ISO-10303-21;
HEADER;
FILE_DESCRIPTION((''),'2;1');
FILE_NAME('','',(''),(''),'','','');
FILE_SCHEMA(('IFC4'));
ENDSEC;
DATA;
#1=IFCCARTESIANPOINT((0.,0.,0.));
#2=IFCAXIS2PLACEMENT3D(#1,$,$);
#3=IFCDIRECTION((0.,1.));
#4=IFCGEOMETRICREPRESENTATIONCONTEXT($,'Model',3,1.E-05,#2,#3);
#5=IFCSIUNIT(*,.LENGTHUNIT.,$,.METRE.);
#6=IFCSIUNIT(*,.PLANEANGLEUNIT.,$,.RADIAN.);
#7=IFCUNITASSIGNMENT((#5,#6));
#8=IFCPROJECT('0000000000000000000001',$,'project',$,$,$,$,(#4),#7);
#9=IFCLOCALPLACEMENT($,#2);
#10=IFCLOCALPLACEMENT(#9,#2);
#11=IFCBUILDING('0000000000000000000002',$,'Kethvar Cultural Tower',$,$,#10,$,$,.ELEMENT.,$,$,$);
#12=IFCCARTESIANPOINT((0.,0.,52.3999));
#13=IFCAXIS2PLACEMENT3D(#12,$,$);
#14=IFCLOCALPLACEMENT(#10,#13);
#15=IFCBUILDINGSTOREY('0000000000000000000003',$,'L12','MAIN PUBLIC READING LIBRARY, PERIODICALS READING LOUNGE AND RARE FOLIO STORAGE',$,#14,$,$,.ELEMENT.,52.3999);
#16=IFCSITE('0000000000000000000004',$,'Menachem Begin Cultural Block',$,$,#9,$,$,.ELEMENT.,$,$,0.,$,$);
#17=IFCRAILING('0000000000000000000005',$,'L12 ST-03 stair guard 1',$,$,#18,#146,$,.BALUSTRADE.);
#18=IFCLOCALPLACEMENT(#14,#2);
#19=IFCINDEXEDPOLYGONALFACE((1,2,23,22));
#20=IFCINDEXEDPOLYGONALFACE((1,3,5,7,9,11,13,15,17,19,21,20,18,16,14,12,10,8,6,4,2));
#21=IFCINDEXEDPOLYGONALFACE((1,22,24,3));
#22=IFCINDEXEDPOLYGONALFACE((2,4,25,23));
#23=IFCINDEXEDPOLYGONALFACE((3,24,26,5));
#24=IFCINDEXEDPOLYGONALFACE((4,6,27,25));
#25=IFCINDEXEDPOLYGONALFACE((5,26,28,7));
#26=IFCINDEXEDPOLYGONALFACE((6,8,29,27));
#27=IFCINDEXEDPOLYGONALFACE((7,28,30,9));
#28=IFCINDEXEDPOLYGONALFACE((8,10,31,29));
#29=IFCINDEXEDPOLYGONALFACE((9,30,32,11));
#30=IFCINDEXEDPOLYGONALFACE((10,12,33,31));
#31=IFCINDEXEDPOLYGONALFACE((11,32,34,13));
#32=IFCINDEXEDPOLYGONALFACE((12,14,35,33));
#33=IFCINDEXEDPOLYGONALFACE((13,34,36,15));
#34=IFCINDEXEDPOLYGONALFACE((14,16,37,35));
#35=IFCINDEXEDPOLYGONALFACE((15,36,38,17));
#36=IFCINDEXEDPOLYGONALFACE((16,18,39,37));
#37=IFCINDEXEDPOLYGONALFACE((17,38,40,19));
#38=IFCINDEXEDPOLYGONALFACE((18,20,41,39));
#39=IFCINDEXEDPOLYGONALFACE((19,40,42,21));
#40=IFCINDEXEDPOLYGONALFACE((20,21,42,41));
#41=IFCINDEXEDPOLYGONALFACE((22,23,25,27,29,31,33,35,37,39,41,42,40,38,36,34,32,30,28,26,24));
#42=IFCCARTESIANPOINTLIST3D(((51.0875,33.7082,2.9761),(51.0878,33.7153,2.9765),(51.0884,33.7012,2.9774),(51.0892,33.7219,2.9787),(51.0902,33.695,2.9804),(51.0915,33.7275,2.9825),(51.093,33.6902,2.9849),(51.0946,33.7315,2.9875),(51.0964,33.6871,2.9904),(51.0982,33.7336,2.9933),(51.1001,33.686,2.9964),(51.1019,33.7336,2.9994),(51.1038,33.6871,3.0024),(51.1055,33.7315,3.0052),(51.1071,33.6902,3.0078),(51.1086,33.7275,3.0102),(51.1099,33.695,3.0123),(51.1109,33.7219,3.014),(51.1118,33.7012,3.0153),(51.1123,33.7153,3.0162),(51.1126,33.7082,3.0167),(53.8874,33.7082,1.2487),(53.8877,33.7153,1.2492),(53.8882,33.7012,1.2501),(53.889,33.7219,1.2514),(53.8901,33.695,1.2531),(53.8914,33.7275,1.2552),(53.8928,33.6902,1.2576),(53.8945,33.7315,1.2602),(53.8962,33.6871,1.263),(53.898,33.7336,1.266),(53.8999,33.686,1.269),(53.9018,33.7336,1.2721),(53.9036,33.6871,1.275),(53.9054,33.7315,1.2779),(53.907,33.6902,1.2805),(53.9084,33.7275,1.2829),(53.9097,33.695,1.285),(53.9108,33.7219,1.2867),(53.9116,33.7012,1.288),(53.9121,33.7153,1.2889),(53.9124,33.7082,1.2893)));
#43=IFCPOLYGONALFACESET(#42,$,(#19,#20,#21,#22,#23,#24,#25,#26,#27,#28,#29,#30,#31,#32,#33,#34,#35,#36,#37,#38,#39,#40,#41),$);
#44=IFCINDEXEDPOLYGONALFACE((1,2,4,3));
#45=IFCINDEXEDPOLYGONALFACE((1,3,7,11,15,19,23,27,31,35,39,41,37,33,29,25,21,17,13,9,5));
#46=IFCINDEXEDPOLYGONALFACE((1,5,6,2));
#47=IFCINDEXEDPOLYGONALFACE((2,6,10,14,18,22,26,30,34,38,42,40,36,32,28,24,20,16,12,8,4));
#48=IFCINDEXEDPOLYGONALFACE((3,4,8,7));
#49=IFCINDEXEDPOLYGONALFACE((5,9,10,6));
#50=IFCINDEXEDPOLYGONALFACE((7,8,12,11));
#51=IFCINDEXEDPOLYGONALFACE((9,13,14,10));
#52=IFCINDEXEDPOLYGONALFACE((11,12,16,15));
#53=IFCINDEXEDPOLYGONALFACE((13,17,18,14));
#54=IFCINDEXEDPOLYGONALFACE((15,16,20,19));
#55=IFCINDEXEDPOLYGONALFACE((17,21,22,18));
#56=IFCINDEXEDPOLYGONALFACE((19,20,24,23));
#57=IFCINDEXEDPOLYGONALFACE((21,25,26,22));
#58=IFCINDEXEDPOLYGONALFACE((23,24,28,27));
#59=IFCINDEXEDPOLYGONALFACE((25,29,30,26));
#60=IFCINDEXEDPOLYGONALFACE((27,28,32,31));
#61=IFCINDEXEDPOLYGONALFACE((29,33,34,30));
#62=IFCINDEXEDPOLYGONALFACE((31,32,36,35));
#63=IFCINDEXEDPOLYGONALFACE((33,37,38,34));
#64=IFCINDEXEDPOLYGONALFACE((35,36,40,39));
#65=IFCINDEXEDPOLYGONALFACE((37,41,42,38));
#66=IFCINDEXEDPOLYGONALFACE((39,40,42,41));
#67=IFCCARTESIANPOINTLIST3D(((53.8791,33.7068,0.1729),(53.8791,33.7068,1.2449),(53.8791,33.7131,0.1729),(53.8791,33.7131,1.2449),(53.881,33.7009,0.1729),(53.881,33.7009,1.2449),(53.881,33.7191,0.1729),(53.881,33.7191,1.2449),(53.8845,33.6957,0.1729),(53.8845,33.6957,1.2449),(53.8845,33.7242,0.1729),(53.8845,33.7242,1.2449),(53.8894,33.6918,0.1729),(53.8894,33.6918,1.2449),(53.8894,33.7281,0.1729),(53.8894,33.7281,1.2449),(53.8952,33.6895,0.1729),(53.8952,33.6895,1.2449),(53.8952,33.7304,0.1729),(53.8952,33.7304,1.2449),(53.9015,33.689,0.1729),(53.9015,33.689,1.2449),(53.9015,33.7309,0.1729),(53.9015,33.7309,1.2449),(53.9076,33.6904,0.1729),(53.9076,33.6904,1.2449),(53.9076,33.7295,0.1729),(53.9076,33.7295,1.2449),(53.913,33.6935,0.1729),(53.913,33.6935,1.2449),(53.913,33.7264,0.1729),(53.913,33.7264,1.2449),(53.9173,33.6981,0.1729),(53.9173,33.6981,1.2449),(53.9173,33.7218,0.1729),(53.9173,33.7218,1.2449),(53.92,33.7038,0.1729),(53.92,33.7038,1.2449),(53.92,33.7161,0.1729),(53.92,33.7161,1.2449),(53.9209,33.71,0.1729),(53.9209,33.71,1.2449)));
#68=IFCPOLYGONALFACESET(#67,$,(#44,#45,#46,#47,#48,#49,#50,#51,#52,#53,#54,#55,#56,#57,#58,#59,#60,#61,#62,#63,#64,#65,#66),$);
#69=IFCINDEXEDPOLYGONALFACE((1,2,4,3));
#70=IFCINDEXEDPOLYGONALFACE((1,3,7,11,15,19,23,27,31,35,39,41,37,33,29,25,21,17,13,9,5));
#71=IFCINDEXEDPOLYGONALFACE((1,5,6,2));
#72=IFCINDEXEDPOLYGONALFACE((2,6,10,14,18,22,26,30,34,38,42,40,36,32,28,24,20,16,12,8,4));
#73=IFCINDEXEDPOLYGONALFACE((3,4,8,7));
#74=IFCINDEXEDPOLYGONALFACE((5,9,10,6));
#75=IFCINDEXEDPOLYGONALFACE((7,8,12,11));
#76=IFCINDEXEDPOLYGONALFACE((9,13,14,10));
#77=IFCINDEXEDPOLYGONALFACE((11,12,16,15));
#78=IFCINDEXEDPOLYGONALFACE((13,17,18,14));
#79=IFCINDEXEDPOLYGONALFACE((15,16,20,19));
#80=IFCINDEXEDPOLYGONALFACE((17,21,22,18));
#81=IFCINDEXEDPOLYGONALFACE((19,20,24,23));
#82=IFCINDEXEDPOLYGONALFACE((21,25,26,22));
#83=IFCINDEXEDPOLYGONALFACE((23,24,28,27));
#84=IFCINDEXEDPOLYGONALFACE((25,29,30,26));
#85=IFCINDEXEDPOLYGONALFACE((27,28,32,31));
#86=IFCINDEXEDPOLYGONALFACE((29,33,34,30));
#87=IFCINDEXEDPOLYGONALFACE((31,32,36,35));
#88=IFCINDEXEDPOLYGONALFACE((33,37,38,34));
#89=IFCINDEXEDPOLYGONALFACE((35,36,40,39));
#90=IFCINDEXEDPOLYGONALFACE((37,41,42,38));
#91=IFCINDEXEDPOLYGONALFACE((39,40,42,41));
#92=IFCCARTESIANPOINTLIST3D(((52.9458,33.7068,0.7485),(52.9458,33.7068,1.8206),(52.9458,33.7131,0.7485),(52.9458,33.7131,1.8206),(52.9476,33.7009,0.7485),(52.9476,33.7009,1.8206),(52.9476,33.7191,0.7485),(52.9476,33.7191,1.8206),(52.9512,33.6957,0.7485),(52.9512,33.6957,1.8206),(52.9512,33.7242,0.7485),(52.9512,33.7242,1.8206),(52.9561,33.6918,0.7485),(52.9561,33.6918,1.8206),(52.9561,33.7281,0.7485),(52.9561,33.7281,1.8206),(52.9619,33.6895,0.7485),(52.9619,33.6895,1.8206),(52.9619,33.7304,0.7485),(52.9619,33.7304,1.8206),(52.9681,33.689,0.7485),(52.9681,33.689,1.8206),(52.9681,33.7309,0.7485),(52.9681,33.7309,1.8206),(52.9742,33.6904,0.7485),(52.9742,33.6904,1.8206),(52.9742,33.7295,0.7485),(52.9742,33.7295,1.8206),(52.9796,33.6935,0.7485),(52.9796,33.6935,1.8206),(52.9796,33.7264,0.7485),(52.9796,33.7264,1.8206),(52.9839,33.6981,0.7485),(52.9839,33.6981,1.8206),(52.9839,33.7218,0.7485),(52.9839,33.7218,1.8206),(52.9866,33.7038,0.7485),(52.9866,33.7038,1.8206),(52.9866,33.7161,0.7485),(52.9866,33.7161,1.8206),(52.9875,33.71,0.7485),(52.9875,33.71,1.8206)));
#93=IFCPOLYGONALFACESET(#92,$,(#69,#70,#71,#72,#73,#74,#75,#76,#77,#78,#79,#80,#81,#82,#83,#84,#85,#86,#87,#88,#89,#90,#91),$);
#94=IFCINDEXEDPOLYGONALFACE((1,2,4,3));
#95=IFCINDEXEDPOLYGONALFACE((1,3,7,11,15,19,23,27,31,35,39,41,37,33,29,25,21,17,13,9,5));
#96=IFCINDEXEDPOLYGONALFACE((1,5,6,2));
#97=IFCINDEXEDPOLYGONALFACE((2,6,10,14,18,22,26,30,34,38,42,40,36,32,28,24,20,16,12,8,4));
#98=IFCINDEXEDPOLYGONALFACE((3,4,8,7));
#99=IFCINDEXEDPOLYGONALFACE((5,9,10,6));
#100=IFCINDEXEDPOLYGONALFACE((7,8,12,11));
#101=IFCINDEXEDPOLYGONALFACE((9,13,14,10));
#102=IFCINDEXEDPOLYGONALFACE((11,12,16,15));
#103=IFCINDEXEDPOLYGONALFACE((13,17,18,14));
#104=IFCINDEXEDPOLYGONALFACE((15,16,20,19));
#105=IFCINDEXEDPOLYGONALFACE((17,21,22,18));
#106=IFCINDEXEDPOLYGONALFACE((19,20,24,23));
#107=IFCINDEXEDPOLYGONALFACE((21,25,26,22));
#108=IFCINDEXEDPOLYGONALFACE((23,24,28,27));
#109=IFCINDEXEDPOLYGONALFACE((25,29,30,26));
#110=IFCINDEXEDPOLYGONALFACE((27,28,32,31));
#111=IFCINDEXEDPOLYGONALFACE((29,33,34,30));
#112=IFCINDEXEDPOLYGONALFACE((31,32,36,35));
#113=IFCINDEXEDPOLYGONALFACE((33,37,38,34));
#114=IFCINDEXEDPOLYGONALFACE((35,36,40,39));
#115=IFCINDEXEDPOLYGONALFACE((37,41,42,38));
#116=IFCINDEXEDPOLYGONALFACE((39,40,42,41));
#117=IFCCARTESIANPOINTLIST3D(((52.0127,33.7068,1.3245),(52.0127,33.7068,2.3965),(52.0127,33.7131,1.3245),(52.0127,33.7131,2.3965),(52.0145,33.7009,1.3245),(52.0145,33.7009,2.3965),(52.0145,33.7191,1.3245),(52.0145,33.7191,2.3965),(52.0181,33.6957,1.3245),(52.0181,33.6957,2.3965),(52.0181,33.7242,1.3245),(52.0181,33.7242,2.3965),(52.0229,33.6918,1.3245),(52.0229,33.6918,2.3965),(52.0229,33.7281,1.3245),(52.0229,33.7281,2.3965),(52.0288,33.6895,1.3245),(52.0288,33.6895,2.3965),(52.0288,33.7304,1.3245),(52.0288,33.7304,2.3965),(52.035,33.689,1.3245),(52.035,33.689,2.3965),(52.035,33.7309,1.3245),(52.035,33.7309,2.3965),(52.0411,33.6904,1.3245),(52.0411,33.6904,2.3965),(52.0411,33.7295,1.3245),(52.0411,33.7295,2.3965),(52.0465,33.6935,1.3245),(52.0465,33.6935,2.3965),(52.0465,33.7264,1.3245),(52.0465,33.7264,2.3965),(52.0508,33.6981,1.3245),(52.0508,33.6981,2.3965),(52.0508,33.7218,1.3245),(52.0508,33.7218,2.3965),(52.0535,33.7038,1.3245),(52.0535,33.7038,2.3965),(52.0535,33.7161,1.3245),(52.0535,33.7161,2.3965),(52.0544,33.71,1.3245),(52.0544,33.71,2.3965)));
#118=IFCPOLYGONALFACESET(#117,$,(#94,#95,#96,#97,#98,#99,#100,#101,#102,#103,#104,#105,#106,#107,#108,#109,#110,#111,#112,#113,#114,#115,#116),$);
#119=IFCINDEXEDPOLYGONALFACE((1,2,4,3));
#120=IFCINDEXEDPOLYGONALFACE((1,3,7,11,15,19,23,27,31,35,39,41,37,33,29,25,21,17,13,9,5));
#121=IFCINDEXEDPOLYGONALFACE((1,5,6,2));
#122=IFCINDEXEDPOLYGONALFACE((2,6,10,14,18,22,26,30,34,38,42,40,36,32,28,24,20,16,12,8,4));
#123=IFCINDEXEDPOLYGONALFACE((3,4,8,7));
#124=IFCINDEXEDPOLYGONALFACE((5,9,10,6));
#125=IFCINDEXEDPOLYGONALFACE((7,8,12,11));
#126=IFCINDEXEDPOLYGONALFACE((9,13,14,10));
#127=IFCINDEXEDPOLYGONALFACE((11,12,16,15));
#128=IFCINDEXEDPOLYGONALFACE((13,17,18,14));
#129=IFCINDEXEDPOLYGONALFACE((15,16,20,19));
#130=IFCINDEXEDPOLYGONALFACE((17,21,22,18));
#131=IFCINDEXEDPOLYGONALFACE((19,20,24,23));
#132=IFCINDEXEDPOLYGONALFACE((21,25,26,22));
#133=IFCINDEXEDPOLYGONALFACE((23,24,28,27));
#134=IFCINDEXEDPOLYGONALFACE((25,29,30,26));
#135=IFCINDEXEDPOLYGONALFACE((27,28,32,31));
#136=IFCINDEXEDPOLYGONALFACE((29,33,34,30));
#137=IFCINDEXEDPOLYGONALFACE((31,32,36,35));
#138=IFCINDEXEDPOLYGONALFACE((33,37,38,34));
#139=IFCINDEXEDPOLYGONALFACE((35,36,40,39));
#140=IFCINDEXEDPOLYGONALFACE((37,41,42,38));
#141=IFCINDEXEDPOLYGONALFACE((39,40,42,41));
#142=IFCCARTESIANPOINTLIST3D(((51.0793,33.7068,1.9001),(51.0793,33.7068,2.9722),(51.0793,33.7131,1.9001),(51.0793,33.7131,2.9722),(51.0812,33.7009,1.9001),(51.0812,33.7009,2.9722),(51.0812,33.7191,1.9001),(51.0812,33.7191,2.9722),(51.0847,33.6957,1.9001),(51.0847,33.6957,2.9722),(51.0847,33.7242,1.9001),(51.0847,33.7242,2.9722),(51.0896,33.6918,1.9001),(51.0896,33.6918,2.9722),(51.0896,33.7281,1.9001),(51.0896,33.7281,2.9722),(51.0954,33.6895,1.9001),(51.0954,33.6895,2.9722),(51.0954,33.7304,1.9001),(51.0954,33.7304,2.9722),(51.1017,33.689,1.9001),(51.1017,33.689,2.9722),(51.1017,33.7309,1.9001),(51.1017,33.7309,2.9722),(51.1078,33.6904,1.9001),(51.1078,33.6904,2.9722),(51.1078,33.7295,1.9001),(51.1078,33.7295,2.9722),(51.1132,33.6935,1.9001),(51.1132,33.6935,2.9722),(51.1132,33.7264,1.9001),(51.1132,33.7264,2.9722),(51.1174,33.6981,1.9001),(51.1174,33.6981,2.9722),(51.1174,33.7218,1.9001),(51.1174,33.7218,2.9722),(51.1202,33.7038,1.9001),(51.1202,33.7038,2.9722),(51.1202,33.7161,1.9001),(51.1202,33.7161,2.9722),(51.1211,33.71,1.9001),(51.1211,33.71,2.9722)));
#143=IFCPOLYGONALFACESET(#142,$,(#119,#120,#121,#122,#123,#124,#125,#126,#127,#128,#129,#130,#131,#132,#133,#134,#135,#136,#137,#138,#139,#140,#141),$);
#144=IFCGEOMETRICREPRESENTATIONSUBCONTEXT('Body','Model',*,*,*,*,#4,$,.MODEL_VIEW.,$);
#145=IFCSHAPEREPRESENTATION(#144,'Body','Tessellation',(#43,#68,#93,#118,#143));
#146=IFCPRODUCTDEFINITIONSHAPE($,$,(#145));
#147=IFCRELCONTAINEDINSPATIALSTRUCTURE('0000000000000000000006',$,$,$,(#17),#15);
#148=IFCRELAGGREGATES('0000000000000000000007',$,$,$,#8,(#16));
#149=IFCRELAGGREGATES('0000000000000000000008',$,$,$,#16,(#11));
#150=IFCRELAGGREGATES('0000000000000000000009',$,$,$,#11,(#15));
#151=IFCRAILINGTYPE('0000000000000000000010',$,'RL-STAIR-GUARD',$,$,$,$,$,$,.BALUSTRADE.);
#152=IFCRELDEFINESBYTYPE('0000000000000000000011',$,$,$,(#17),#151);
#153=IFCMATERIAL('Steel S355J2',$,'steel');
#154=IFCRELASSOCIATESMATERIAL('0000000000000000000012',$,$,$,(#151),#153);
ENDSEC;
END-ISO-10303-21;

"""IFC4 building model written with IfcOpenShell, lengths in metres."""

from ifc_helpers import new_model, si_unit, direction, frame, origin, origin_2d, place, context, subcontext, project, spatial, circle, extrude, material, type_object, element, save


model = new_model("IFC4")

# Units and contexts
model_context = context("Model", 3, precision=1e-05, world=origin(), true_north=direction((0.0, 1.0)))
body_context = subcontext(model_context, "Body", "Model", "MODEL_VIEW")
ifc_project = project(units=[si_unit("LENGTHUNIT", "METRE"), si_unit("PLANEANGLEUNIT", "RADIAN")], contexts=[model_context])

# Site, building, storey
site_placement = place(None, origin())
site = spatial("IfcSite", under=ifc_project, at=site_placement, Name="Menachem Begin Cultural Block", CompositionType="ELEMENT", RefElevation=0.0)
building_placement = place(site_placement, origin())
building = spatial("IfcBuilding", under=site, at=building_placement, Name="Kethvar Cultural Tower", CompositionType="ELEMENT")
storey_placement = place(building_placement, frame((0.0, 0.0, 52.3999)))
storey = spatial("IfcBuildingStorey", under=building, at=storey_placement, Name="L12", Description="MAIN PUBLIC READING LIBRARY, PERIODICALS READING LOUNGE AND RARE FOLIO STORAGE", CompositionType="ELEMENT", Elevation=52.3999)

# Shared definitions
ifc_material_1 = material(Name="Steel S355J2", Category="steel")

# Railing
railing_type_1 = type_object("IfcRailingType", Name="RL-STAIR-GUARD", PredefinedType="BALUSTRADE", material=ifc_material_1)
railing_1_placement = place(storey_placement, frame((53.8999, 33.71, 0.1729)))
element("IfcRailing", 1, at=railing_1_placement, inside=storey, type_object=railing_type_1, Name="L12 ST-03 stair guard 1", PredefinedType="BALUSTRADE", context=body_context, shape_type="SweptSolid", body=[
    extrude(circle(Radius=0.0239, at=origin_2d()), frame((0.0, 0.0, 1.0962), z_axis=(-0.851069, 0.0, 0.525054), x_axis=(0.0, -1.0, 0.0)), (0.0, 0.0, 1.0), 3.2898),
    extrude(circle(Radius=0.021, at=origin_2d()), origin(), (0.0, 0.0, 1.0), 1.072),
    extrude(circle(Radius=0.021, at=origin_2d()), frame((-0.9333, 0.0, 0.5757)), (0.0, 0.0, 1.0), 1.072),
    extrude(circle(Radius=0.021, at=origin_2d()), frame((-1.8665, 0.0, 1.1516)), (0.0, 0.0, 1.0), 1.072),
    extrude(circle(Radius=0.021, at=origin_2d()), frame((-2.7998, 0.0, 1.7273)), (0.0, 0.0, 1.0), 1.072),
])

save(model, "model.ifc")
